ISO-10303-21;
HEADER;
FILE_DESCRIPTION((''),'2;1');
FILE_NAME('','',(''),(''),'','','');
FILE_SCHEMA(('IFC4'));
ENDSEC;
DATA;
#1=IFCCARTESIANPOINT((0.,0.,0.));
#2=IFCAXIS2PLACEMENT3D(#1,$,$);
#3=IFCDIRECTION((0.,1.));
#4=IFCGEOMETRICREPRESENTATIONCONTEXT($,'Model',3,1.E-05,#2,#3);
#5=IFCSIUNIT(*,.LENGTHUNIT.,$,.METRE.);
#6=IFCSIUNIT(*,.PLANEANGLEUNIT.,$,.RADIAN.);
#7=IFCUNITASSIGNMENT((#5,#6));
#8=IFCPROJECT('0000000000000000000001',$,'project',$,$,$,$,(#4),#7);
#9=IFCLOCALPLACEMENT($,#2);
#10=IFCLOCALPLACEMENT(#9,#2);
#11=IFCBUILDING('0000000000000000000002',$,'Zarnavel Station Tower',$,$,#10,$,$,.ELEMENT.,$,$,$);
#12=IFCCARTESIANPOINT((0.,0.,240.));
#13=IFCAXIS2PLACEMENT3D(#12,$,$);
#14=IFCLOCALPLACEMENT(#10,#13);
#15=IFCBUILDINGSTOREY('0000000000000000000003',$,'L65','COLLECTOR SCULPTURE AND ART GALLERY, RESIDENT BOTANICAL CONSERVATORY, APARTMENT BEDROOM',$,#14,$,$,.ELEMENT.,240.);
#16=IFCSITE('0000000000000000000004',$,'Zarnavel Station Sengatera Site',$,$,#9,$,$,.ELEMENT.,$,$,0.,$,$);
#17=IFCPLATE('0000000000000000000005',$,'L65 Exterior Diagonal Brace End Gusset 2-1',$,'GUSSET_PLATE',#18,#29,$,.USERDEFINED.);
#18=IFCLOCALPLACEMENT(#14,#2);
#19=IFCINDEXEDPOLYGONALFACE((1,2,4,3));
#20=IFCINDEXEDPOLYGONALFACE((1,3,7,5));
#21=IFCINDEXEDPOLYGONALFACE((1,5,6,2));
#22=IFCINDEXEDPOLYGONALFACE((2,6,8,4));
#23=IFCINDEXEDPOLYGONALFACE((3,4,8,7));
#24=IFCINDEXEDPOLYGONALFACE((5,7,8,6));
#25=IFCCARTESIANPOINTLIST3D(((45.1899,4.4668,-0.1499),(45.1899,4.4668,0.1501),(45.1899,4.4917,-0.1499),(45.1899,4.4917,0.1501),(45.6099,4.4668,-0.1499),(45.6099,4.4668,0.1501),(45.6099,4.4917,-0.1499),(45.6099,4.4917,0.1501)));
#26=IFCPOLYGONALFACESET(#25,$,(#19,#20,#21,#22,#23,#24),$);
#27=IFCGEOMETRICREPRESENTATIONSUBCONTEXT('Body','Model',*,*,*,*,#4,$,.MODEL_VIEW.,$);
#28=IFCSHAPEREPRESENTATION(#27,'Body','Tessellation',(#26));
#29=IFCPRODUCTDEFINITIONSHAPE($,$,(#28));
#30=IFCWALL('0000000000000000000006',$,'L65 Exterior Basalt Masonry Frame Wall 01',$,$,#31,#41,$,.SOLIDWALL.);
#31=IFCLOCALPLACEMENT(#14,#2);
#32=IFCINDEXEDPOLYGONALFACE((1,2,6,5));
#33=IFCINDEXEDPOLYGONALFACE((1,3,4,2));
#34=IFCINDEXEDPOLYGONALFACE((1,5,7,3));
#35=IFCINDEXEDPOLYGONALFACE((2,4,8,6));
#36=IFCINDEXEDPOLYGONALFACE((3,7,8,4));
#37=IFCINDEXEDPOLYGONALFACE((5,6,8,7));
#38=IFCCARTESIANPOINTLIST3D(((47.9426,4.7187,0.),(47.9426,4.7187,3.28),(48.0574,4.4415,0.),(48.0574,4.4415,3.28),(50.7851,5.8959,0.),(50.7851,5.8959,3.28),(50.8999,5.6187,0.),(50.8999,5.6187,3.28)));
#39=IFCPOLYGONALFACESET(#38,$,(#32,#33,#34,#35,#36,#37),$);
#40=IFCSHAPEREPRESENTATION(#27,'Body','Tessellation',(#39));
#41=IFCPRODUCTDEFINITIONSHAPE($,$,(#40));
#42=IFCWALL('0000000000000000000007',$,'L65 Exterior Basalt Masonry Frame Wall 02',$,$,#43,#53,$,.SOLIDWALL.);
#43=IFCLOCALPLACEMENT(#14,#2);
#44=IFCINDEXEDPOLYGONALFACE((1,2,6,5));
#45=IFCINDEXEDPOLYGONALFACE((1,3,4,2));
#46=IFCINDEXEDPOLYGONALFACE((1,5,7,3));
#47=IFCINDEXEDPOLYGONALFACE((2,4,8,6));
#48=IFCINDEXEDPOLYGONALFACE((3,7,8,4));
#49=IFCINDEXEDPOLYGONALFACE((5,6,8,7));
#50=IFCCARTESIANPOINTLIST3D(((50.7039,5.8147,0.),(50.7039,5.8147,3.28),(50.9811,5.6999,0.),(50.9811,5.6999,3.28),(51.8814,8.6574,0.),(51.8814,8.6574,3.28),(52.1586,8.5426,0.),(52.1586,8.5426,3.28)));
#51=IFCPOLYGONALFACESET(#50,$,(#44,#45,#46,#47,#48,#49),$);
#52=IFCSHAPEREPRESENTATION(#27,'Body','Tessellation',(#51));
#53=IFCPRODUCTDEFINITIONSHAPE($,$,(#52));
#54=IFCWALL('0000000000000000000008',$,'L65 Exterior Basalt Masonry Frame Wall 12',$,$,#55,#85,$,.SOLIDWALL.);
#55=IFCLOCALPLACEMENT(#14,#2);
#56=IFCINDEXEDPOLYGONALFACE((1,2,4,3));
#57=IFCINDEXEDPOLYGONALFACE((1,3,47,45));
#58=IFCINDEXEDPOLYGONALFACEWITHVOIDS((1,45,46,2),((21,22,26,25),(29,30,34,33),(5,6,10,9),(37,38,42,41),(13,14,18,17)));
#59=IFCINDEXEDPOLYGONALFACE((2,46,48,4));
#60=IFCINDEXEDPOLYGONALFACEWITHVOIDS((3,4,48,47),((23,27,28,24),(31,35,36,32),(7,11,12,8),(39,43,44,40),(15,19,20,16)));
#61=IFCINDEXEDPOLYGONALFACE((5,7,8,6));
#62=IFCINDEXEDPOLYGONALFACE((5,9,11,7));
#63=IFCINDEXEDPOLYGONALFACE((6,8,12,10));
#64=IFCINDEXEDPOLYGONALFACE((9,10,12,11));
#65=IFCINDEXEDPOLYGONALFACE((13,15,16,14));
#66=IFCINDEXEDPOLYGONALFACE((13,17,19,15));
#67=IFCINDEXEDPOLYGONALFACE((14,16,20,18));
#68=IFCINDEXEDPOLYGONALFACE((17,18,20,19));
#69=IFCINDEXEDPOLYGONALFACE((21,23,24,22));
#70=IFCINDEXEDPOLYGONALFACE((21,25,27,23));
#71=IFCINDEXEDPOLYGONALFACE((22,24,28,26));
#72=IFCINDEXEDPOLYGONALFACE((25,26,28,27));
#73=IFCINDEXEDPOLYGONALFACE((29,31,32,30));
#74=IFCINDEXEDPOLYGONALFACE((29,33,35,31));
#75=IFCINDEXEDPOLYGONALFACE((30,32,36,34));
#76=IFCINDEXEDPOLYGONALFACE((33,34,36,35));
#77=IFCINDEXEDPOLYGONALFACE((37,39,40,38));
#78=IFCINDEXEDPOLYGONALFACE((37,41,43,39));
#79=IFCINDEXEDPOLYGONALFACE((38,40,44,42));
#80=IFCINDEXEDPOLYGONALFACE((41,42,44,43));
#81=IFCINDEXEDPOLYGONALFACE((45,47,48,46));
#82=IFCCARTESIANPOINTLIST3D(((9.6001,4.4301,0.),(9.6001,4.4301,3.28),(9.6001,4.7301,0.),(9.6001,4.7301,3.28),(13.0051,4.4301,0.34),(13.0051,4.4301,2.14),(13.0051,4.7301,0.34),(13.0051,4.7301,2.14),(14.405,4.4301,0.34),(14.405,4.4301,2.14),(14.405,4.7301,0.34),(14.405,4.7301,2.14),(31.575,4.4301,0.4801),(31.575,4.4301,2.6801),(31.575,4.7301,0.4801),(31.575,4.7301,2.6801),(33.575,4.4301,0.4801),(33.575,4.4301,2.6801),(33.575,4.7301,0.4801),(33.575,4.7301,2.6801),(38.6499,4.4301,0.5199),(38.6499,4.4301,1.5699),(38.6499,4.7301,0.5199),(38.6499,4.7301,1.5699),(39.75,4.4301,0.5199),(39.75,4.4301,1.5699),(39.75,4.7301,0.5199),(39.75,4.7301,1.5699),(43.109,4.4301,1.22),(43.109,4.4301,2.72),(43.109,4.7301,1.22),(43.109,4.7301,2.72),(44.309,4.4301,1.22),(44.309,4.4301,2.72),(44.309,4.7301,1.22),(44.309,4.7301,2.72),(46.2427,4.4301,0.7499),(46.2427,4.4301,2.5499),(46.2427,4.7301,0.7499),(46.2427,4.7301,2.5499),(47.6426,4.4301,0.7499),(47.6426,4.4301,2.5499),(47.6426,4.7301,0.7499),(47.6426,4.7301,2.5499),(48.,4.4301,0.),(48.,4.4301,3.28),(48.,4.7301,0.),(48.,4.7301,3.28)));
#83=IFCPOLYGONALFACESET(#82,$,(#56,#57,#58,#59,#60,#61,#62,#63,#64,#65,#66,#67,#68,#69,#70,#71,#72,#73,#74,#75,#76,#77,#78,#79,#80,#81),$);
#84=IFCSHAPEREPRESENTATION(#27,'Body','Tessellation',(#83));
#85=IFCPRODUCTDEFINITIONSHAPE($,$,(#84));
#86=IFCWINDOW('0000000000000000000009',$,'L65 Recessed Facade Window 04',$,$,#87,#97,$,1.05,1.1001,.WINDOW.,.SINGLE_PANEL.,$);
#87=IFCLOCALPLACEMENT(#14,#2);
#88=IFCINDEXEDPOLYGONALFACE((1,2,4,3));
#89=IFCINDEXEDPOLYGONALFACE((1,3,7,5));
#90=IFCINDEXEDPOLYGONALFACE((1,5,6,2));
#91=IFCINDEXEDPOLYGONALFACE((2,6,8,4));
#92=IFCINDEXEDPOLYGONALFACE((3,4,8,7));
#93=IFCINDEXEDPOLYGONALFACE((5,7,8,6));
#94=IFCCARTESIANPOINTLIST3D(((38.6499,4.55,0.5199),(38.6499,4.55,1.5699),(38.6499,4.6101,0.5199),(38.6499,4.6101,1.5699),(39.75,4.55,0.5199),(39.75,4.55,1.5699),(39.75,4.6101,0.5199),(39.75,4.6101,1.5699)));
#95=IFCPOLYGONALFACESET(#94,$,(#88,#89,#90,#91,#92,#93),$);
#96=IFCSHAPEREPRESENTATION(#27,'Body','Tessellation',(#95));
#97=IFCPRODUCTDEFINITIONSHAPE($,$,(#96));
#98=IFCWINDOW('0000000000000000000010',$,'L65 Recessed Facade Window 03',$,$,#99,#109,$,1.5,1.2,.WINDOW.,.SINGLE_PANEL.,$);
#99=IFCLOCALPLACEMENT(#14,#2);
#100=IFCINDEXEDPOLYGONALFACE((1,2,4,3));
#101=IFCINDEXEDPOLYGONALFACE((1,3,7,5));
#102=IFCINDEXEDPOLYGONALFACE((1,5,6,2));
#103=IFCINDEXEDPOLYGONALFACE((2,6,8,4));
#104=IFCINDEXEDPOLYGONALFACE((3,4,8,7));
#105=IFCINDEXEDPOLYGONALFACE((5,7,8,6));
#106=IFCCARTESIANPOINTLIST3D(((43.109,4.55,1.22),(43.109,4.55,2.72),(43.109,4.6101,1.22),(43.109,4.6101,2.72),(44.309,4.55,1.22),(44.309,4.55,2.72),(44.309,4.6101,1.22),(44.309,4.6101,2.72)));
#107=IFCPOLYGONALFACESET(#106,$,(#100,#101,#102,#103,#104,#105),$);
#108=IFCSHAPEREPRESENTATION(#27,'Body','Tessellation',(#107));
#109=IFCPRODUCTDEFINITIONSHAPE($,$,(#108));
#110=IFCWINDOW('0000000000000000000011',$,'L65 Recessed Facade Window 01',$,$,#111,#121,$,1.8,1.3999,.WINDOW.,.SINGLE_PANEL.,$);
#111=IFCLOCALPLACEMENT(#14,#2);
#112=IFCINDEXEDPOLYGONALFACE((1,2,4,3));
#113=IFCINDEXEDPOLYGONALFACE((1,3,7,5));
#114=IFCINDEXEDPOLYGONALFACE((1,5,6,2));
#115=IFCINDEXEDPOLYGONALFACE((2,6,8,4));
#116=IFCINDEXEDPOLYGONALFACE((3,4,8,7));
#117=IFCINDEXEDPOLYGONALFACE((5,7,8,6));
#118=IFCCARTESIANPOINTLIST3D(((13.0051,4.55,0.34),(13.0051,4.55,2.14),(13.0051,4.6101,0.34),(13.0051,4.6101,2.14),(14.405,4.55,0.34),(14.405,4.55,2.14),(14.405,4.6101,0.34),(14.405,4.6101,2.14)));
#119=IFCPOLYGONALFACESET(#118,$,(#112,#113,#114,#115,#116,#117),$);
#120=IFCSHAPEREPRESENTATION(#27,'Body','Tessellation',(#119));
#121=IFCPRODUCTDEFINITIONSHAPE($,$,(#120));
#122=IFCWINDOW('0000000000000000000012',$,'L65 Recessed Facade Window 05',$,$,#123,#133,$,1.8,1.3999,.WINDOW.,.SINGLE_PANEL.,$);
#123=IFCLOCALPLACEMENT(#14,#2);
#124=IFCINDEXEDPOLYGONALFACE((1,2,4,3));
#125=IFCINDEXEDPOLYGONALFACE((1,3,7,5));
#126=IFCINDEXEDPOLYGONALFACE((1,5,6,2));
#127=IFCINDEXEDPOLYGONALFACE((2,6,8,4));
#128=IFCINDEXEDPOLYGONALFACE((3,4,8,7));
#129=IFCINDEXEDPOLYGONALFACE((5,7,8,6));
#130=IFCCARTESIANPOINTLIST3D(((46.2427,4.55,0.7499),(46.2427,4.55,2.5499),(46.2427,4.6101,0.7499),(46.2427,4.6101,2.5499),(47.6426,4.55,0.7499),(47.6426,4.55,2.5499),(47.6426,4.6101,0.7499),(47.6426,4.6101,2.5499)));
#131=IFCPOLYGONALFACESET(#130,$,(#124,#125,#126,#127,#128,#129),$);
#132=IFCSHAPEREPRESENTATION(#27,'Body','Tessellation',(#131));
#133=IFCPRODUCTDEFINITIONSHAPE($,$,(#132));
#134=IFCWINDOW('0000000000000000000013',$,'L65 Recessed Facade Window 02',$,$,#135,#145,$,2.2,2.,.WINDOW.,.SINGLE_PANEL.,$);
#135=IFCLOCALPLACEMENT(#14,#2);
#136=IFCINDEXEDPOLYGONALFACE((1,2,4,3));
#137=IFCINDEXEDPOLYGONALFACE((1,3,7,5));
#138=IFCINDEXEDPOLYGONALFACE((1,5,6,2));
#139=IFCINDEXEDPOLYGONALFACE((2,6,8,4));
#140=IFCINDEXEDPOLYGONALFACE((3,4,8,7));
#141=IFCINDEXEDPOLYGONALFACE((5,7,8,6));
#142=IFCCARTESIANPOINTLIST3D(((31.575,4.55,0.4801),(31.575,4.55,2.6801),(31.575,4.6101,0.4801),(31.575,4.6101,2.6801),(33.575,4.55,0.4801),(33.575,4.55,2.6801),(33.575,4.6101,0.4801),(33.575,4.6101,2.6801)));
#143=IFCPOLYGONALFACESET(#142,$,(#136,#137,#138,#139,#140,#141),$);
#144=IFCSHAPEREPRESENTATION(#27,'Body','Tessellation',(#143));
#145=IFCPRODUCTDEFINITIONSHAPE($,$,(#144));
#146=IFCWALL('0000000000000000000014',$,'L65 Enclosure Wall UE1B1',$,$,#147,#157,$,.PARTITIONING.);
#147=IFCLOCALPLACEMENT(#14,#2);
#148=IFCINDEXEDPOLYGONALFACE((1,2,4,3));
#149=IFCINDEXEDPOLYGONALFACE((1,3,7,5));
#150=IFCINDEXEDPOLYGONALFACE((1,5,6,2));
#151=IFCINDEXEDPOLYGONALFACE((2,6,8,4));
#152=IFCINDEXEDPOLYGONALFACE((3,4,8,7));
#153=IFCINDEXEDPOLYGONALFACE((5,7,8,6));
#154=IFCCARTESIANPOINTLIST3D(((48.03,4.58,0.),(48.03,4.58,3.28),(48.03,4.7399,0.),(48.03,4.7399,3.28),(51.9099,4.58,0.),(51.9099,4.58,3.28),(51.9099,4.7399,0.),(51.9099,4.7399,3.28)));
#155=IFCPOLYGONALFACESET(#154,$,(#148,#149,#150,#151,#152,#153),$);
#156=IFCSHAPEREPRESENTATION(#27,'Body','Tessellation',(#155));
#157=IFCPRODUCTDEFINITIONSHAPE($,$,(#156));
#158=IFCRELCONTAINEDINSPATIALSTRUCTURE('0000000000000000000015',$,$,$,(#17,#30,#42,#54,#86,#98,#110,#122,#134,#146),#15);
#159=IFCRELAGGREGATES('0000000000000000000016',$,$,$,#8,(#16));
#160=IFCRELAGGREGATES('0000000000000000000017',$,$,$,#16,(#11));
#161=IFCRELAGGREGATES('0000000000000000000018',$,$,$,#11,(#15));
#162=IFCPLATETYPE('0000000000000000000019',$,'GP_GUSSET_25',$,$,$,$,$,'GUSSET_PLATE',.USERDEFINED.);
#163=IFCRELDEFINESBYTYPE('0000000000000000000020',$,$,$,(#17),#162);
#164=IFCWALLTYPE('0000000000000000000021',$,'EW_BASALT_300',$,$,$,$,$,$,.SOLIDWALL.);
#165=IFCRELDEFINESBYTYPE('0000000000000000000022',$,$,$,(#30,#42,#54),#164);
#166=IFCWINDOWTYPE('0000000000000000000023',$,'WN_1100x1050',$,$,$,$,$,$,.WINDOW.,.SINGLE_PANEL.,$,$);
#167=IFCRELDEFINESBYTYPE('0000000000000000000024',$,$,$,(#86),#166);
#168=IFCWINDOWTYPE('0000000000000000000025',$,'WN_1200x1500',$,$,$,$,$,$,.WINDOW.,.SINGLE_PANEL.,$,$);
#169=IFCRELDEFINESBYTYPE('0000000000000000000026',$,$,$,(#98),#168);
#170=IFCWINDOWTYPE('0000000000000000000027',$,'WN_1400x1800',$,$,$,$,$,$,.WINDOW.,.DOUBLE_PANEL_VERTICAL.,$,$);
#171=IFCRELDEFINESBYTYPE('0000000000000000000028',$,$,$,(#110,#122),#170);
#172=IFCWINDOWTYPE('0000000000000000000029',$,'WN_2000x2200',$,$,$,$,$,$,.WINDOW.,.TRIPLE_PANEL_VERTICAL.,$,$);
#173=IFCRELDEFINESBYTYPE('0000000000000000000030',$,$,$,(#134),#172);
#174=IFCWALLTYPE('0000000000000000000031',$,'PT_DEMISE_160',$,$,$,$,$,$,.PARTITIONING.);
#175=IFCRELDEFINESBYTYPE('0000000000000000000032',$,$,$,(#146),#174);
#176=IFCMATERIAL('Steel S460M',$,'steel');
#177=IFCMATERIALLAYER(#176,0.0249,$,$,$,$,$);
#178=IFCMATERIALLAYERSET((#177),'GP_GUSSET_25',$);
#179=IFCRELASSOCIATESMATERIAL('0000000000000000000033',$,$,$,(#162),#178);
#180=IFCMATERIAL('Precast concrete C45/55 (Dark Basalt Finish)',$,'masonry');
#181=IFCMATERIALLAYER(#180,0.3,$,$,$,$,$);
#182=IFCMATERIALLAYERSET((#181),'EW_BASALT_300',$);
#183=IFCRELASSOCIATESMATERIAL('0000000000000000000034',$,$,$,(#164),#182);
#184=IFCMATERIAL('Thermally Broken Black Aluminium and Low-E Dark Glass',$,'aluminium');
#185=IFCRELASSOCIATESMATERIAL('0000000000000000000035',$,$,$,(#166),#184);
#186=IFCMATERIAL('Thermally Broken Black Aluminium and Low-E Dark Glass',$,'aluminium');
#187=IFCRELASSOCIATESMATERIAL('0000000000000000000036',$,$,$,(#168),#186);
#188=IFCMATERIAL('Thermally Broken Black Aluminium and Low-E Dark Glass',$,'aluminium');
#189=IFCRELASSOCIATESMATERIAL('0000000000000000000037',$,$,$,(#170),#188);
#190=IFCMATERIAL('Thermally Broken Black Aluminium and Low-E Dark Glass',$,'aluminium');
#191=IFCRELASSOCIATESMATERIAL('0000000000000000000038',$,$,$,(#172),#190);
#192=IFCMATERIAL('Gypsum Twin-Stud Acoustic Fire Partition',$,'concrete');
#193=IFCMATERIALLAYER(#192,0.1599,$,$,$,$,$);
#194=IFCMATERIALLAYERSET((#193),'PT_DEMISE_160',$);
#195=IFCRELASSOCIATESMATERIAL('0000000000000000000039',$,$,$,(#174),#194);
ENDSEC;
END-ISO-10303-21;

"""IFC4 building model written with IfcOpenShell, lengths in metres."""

from ifc_helpers import new_model, si_unit, direction, frame, frame_2d, origin, origin_2d, place, context, subcontext, project, spatial, rectangle, extrude, material, layer, layer_set, type_object, element, fill, save


model = new_model("IFC4")

# Units and contexts
model_context = context("Model", 3, precision=1e-05, world=origin(), true_north=direction((0.0, 1.0)))
body_context = subcontext(model_context, "Body", "Model", "MODEL_VIEW")
ifc_project = project(units=[si_unit("LENGTHUNIT", "METRE"), si_unit("PLANEANGLEUNIT", "RADIAN")], contexts=[model_context])

# Site, building, storey
site_placement = place(None, origin())
site = spatial("IfcSite", under=ifc_project, at=site_placement, Name="Zarnavel Station Sengatera Site", CompositionType="ELEMENT", RefElevation=0.0)
building_placement = place(site_placement, origin())
building = spatial("IfcBuilding", under=site, at=building_placement, Name="Zarnavel Station Tower", CompositionType="ELEMENT")
storey_placement = place(building_placement, frame((0.0, 0.0, 240.0)))
storey = spatial("IfcBuildingStorey", under=building, at=storey_placement, Name="L65", Description="COLLECTOR SCULPTURE AND ART GALLERY, RESIDENT BOTANICAL CONSERVATORY, APARTMENT BEDROOM", CompositionType="ELEMENT", Elevation=240.0)

# Plate
ifc_material_1 = material(Name="Steel S460M", Category="steel")
ifc_layer_1 = layer(ifc_material_1, 0.0249)
ifc_layer_set_1 = layer_set([ifc_layer_1], Name="GP_GUSSET_25")
plate_type = type_object("IfcPlateType", Name="GP_GUSSET_25", ElementType="GUSSET_PLATE", PredefinedType="USERDEFINED", material=ifc_layer_set_1)
plate_placement = place(storey_placement, frame((45.3999, 4.4792, -0.1499), z_axis=(0.0, 0.0, 1.0), x_axis=(1.0, 0.0, 0.0)))
element("IfcPlate", 1, at=plate_placement, inside=storey, type_object=plate_type, Name="L65 Exterior Diagonal Brace End Gusset 2-1", ObjectType="GUSSET_PLATE", PredefinedType="USERDEFINED", context=body_context, shape_type="SweptSolid", body=[
    extrude(rectangle(XDim=0.4199, YDim=0.0249, at=origin_2d()), origin(), (0.0, 0.0, 1.0), 0.3),
])

# Walls
ifc_material_2 = material(Name="Precast concrete C45/55 (Dark Basalt Finish)", Category="masonry")
ifc_layer_2 = layer(ifc_material_2, 0.3)
ifc_layer_set_2 = layer_set([ifc_layer_2], Name="EW_BASALT_300")
wall_type_1 = type_object("IfcWallType", Name="EW_BASALT_300", PredefinedType="SOLIDWALL", material=ifc_layer_set_2)
wall_1_placement = place(storey_placement, frame((50.8425, 5.7573, 0.0), z_axis=(0.0, 0.0, 1.0), x_axis=(-0.923899, -0.382637, 0.0)))
element("IfcWall", 2, at=wall_1_placement, inside=storey, type_object=wall_type_1, Name="L65 Exterior Basalt Masonry Frame Wall 01", PredefinedType="SOLIDWALL", context=body_context, shape_type="SweptSolid", body=[
    extrude(rectangle(XDim=3.0767, YDim=0.3, at=frame_2d((1.5383, 0.0))), origin(), (0.0, 0.0, 1.0), 3.28),
])
wall_2_placement = place(storey_placement, frame((52.02, 8.6001, 0.0), z_axis=(0.0, 0.0, 1.0), x_axis=(-0.382676, -0.923882, 0.0)))
element("IfcWall", 3, at=wall_2_placement, inside=storey, type_object=wall_type_1, Name="L65 Exterior Basalt Masonry Frame Wall 02", PredefinedType="SOLIDWALL", context=body_context, shape_type="SweptSolid", body=[
    extrude(rectangle(XDim=3.0769, YDim=0.3, at=frame_2d((1.5386, 0.0))), origin(), (0.0, 0.0, 1.0), 3.28),
])

# Wall, openings, windows
wall_3_placement = place(storey_placement, frame((48.0, 4.5801, 0.0), z_axis=(0.0, 0.0, 1.0), x_axis=(-1.0, 0.0, 0.0)))
wall_3 = element("IfcWall", 4, at=wall_3_placement, inside=storey, type_object=wall_type_1, Name="L65 Exterior Basalt Masonry Frame Wall 12", PredefinedType="SOLIDWALL", context=body_context, shape_type="SweptSolid", body=[
    extrude(rectangle(XDim=38.3999, YDim=0.3, at=frame_2d((19.2, 0.0))), origin(), (0.0, 0.0, 1.0), 3.28),
])
opening_1_placement = place(wall_3_placement, frame((33.595, 0.0, 0.3401)))
opening_1 = element("IfcOpeningElement", 5, at=opening_1_placement, cuts=wall_3, PredefinedType="OPENING", context=body_context, shape_type="SweptSolid", body=[
    extrude(rectangle(XDim=1.3999, YDim=1.8, at=frame_2d((0.7, 0.8999))), frame((0.0, 0.1599, 0.0), z_axis=(0.0, -1.0, 0.0), x_axis=(1.0, 0.0, 0.0)), (0.0, 0.0, 1.0), 0.3201),
])
opening_2_placement = place(wall_3_placement, frame((14.425, 0.0, 0.48)))
opening_2 = element("IfcOpeningElement", 6, at=opening_2_placement, cuts=wall_3, PredefinedType="OPENING", context=body_context, shape_type="SweptSolid", body=[
    extrude(rectangle(XDim=2.0, YDim=2.2, at=frame_2d((1.0, 1.1001))), frame((0.0, 0.1599, 0.0), z_axis=(0.0, -1.0, 0.0), x_axis=(1.0, 0.0, 0.0)), (0.0, 0.0, 1.0), 0.3201),
])
opening_3_placement = place(wall_3_placement, frame((3.6909, 0.0, 1.22)))
opening_3 = element("IfcOpeningElement", 7, at=opening_3_placement, cuts=wall_3, PredefinedType="OPENING", context=body_context, shape_type="SweptSolid", body=[
    extrude(rectangle(XDim=1.2, YDim=1.5, at=frame_2d((0.6001, 0.75))), frame((0.0, 0.1599, 0.0), z_axis=(0.0, -1.0, 0.0), x_axis=(1.0, 0.0, 0.0)), (0.0, 0.0, 1.0), 0.3201),
])
opening_4_placement = place(wall_3_placement, frame((8.25, 0.0, 0.52)))
opening_4 = element("IfcOpeningElement", 8, at=opening_4_placement, cuts=wall_3, PredefinedType="OPENING", context=body_context, shape_type="SweptSolid", body=[
    extrude(rectangle(XDim=1.1001, YDim=1.05, at=frame_2d((0.55, 0.5249))), frame((0.0, 0.1599, 0.0), z_axis=(0.0, -1.0, 0.0), x_axis=(1.0, 0.0, 0.0)), (0.0, 0.0, 1.0), 0.3201),
])
opening_5_placement = place(wall_3_placement, frame((0.3574, 0.0, 0.75)))
opening_5 = element("IfcOpeningElement", 9, at=opening_5_placement, cuts=wall_3, PredefinedType="OPENING", context=body_context, shape_type="SweptSolid", body=[
    extrude(rectangle(XDim=1.3999, YDim=1.8, at=frame_2d((0.7, 0.8999))), frame((0.0, 0.1599, 0.0), z_axis=(0.0, -1.0, 0.0), x_axis=(1.0, 0.0, 0.0)), (0.0, 0.0, 1.0), 0.3201),
])
ifc_material_3 = material(Name="Thermally Broken Black Aluminium and Low-E Dark Glass", Category="aluminium")
window_type_1 = type_object("IfcWindowType", Name="WN_1100x1050", PartitioningType="SINGLE_PANEL", PredefinedType="WINDOW", material=ifc_material_3)
window_1_placement = place(opening_4_placement, origin())
window_1 = element("IfcWindow", 10, at=window_1_placement, inside=storey, type_object=window_type_1, Name="L65 Recessed Facade Window 04", OverallHeight=1.05, OverallWidth=1.1001, PartitioningType="SINGLE_PANEL", PredefinedType="WINDOW", context=body_context, shape_type="SweptSolid", body=[
    extrude(rectangle(XDim=1.1001, YDim=1.05, at=frame_2d((0.55, 0.5249))), frame((0.0, 0.03, 0.0), z_axis=(0.0, -1.0, 0.0), x_axis=(1.0, 0.0, 0.0)), (0.0, 0.0, 1.0), 0.0601),
])
fill(opening_4, window_1)
ifc_material_4 = material(Name="Thermally Broken Black Aluminium and Low-E Dark Glass", Category="aluminium")
window_type_2 = type_object("IfcWindowType", Name="WN_1200x1500", PartitioningType="SINGLE_PANEL", PredefinedType="WINDOW", material=ifc_material_4)
window_2_placement = place(opening_3_placement, origin())
window_2 = element("IfcWindow", 11, at=window_2_placement, inside=storey, type_object=window_type_2, Name="L65 Recessed Facade Window 03", OverallHeight=1.5, OverallWidth=1.2, PartitioningType="SINGLE_PANEL", PredefinedType="WINDOW", context=body_context, shape_type="SweptSolid", body=[
    extrude(rectangle(XDim=1.2, YDim=1.5, at=frame_2d((0.6001, 0.75))), frame((0.0, 0.03, 0.0), z_axis=(0.0, -1.0, 0.0), x_axis=(1.0, 0.0, 0.0)), (0.0, 0.0, 1.0), 0.0601),
])
fill(opening_3, window_2)
ifc_material_5 = material(Name="Thermally Broken Black Aluminium and Low-E Dark Glass", Category="aluminium")
window_type_3 = type_object("IfcWindowType", Name="WN_1400x1800", PartitioningType="DOUBLE_PANEL_VERTICAL", PredefinedType="WINDOW", material=ifc_material_5)
window_3_placement = place(opening_1_placement, origin())
window_3 = element("IfcWindow", 12, at=window_3_placement, inside=storey, type_object=window_type_3, Name="L65 Recessed Facade Window 01", OverallHeight=1.8, OverallWidth=1.3999, PartitioningType="SINGLE_PANEL", PredefinedType="WINDOW", context=body_context, shape_type="SweptSolid", body=[
    extrude(rectangle(XDim=1.3999, YDim=1.8, at=frame_2d((0.7, 0.8999))), frame((0.0, 0.03, 0.0), z_axis=(0.0, -1.0, 0.0), x_axis=(1.0, 0.0, 0.0)), (0.0, 0.0, 1.0), 0.0601),
])
fill(opening_1, window_3)
window_4_placement = place(opening_5_placement, origin())
window_4 = element("IfcWindow", 13, at=window_4_placement, inside=storey, type_object=window_type_3, Name="L65 Recessed Facade Window 05", OverallHeight=1.8, OverallWidth=1.3999, PartitioningType="SINGLE_PANEL", PredefinedType="WINDOW", context=body_context, shape_type="SweptSolid", body=[
    extrude(rectangle(XDim=1.3999, YDim=1.8, at=frame_2d((0.7, 0.8999))), frame((0.0, 0.03, 0.0), z_axis=(0.0, -1.0, 0.0), x_axis=(1.0, 0.0, 0.0)), (0.0, 0.0, 1.0), 0.0601),
])
fill(opening_5, window_4)
ifc_material_6 = material(Name="Thermally Broken Black Aluminium and Low-E Dark Glass", Category="aluminium")
window_type_4 = type_object("IfcWindowType", Name="WN_2000x2200", PartitioningType="TRIPLE_PANEL_VERTICAL", PredefinedType="WINDOW", material=ifc_material_6)
window_5_placement = place(opening_2_placement, origin())
window_5 = element("IfcWindow", 14, at=window_5_placement, inside=storey, type_object=window_type_4, Name="L65 Recessed Facade Window 02", OverallHeight=2.2, OverallWidth=2.0, PartitioningType="SINGLE_PANEL", PredefinedType="WINDOW", context=body_context, shape_type="SweptSolid", body=[
    extrude(rectangle(XDim=2.0, YDim=2.2, at=frame_2d((1.0, 1.1001))), frame((0.0, 0.03, 0.0), z_axis=(0.0, -1.0, 0.0), x_axis=(1.0, 0.0, 0.0)), (0.0, 0.0, 1.0), 0.0601),
])
fill(opening_2, window_5)

# Wall
ifc_material_7 = material(Name="Gypsum Twin-Stud Acoustic Fire Partition", Category="concrete")
ifc_layer_3 = layer(ifc_material_7, 0.1599)
ifc_layer_set_3 = layer_set([ifc_layer_3], Name="PT_DEMISE_160")
wall_type_2 = type_object("IfcWallType", Name="PT_DEMISE_160", PredefinedType="PARTITIONING", material=ifc_layer_set_3)
wall_4_placement = place(storey_placement, frame((48.03, 4.6599, 0.0), z_axis=(0.0, 0.0, 1.0), x_axis=(1.0, 0.0, 0.0)))
element("IfcWall", 15, at=wall_4_placement, inside=storey, type_object=wall_type_2, Name="L65 Enclosure Wall UE1B1", PredefinedType="PARTITIONING", context=body_context, shape_type="SweptSolid", body=[
    extrude(rectangle(XDim=3.8799, YDim=0.1599, at=frame_2d((1.9399, 0.0))), origin(), (0.0, 0.0, 1.0), 3.28),
])

save(model, "model.ifc")
